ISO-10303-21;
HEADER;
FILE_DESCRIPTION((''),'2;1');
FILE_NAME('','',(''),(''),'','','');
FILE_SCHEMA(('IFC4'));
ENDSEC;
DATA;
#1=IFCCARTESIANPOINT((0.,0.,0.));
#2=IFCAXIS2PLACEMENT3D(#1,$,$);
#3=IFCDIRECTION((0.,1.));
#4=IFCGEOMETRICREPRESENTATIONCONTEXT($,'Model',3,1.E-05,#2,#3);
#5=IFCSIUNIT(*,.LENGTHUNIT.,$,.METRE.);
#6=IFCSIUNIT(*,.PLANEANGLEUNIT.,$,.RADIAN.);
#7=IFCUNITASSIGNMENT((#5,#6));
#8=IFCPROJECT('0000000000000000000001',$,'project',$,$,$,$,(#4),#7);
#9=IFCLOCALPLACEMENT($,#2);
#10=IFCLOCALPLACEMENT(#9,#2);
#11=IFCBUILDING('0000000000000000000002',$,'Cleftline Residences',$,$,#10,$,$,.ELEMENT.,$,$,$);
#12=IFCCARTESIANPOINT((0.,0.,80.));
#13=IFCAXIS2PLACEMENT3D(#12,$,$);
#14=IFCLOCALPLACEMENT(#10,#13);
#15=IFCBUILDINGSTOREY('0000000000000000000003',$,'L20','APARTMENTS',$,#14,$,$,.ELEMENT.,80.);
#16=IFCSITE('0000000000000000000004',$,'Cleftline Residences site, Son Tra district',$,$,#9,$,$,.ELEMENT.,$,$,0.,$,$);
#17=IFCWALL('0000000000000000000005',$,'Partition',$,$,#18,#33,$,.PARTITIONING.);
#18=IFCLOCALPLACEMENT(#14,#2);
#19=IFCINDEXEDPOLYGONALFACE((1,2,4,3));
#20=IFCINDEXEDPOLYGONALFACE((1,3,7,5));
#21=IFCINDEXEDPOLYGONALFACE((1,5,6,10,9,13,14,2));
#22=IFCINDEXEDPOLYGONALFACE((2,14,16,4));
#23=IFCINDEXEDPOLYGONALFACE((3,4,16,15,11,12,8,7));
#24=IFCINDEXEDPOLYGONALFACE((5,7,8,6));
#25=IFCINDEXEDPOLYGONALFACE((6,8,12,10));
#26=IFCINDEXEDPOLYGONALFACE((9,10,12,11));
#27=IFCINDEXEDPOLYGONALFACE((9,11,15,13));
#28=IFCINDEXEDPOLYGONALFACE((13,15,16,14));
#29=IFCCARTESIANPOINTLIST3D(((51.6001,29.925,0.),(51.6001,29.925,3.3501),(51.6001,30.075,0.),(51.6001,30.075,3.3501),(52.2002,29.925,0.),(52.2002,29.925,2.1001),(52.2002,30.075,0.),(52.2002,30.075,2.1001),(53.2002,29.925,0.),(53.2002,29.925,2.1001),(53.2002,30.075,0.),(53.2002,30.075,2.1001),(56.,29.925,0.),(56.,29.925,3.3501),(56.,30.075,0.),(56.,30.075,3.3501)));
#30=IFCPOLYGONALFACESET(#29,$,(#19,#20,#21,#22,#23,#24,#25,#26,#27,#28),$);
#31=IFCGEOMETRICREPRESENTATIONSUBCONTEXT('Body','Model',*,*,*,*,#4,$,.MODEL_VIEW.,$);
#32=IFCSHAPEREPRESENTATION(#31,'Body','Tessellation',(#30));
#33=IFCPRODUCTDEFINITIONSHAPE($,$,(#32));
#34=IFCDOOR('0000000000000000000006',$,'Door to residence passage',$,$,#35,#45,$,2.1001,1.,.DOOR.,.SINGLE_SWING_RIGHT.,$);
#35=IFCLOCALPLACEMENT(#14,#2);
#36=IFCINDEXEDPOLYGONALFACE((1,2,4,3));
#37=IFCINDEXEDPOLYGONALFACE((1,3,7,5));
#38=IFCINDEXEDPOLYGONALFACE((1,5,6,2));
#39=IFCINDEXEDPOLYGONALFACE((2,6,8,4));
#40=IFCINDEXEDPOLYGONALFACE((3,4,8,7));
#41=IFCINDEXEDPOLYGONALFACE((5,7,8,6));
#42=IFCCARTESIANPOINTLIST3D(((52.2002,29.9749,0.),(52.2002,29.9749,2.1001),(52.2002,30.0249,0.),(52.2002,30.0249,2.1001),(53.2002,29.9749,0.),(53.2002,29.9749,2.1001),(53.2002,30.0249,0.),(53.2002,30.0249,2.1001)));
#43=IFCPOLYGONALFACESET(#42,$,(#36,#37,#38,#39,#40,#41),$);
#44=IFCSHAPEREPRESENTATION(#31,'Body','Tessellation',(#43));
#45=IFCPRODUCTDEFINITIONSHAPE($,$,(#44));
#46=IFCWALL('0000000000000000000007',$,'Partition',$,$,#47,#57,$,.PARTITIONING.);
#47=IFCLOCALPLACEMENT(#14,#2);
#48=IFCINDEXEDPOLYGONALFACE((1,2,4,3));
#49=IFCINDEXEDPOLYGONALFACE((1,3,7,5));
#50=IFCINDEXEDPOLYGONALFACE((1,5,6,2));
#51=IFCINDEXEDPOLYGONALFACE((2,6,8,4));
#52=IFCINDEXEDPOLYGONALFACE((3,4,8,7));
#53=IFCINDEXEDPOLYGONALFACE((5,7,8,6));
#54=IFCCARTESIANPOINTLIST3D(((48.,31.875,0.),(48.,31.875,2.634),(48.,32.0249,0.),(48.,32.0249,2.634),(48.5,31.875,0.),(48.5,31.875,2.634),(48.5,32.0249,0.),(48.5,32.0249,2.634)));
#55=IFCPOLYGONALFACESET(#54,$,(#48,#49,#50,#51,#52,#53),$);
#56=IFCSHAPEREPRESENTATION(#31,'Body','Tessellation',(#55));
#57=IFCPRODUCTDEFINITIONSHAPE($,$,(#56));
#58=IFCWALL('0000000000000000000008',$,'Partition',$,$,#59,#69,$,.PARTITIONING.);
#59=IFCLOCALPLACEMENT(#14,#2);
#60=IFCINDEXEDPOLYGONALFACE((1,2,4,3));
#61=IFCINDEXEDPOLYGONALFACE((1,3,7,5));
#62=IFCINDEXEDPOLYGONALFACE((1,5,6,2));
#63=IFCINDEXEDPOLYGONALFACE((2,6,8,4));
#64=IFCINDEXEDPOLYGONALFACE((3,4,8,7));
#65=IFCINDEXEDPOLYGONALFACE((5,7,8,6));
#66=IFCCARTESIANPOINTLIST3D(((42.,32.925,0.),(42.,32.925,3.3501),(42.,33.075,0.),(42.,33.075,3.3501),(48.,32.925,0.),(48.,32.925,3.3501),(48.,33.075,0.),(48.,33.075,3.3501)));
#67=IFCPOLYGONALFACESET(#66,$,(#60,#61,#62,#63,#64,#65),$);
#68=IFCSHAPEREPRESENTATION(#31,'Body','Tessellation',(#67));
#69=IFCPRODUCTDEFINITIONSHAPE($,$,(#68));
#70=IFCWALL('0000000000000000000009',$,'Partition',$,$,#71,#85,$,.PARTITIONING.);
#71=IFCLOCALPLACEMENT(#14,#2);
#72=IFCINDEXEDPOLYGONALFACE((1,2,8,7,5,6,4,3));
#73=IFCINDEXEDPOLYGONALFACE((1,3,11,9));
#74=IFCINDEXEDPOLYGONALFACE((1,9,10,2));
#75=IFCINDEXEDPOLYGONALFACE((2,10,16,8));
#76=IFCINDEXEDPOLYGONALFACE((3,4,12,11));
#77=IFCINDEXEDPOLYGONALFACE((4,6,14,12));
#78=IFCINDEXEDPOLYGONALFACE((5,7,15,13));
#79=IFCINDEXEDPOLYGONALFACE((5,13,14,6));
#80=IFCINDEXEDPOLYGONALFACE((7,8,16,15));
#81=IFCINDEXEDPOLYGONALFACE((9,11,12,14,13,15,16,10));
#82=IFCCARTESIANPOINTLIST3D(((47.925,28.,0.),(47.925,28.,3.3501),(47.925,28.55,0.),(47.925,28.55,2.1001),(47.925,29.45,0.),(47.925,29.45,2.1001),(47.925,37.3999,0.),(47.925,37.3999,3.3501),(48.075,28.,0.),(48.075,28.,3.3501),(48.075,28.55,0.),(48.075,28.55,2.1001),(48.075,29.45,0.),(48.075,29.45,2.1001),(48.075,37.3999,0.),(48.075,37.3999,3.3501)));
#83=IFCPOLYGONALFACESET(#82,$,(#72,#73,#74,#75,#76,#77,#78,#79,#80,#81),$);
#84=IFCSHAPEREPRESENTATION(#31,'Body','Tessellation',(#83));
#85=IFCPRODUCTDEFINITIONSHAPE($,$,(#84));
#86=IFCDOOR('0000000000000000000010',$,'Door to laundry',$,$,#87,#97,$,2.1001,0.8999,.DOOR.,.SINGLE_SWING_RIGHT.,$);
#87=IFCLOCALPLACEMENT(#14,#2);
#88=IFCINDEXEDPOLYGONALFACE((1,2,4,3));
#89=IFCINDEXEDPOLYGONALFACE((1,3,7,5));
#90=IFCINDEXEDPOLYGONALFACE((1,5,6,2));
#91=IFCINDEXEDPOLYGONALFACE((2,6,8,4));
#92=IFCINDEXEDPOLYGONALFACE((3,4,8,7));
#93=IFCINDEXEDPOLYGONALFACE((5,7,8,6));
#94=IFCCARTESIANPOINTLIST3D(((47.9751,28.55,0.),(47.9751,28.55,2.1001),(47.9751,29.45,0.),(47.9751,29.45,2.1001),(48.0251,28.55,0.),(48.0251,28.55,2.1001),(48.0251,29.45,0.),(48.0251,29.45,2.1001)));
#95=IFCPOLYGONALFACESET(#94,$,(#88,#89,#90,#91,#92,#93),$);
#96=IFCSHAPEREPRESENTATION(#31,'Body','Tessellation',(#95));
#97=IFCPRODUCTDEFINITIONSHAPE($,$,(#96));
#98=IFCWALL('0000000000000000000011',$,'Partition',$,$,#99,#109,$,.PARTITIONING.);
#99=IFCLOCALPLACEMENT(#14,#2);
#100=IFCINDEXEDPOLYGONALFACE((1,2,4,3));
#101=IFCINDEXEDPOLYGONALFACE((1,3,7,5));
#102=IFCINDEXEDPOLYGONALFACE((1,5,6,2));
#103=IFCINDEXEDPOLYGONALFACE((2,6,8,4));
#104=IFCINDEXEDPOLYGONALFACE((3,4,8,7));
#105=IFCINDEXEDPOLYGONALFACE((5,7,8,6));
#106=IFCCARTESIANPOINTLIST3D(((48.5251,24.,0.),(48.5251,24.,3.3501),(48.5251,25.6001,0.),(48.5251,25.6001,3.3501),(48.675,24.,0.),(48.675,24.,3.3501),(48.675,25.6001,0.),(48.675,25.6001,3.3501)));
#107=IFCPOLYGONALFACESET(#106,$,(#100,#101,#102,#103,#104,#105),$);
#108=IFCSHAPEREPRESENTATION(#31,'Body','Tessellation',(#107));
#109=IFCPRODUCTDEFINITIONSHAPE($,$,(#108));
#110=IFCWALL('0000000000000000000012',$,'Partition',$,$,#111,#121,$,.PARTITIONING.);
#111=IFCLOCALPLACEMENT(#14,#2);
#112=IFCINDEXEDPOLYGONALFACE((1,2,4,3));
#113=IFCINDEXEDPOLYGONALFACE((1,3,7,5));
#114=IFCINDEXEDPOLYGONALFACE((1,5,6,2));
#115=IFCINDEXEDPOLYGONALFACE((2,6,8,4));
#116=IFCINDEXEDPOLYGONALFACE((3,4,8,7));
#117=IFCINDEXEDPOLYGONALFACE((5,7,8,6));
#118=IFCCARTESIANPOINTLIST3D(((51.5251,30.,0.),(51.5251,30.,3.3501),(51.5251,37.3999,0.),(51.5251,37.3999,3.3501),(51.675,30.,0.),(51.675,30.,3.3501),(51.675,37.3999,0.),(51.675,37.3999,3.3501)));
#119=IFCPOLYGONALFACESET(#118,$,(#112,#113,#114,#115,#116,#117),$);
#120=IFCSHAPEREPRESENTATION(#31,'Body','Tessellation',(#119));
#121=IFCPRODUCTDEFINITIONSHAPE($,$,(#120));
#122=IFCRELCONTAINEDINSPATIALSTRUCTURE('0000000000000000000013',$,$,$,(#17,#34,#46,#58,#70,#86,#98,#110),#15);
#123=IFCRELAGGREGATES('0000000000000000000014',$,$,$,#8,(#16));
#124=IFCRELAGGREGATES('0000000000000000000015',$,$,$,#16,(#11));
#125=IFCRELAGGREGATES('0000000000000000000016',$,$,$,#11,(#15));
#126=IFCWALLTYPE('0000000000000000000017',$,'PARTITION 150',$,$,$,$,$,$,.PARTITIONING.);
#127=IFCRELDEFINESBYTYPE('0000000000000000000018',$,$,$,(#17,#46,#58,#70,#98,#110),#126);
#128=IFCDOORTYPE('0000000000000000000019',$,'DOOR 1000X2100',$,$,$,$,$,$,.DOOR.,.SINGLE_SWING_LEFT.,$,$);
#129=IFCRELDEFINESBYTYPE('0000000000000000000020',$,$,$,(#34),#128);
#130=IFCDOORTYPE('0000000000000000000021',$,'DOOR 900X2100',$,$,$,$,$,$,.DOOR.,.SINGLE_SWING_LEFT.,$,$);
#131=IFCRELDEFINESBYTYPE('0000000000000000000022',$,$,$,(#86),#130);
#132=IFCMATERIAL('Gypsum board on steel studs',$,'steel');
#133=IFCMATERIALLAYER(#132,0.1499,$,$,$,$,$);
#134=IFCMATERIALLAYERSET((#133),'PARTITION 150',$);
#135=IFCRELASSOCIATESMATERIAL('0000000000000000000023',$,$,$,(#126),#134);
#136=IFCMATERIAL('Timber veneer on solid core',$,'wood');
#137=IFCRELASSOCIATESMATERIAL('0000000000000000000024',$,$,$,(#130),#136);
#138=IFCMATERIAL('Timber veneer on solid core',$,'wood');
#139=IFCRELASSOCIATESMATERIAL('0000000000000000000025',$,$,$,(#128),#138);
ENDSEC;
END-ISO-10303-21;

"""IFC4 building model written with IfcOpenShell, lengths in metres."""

from ifc_helpers import new_model, si_unit, direction, frame, frame_2d, origin, place, context, subcontext, project, spatial, rectangle, extrude, material, layer, layer_set, type_object, element, fill, save


model = new_model("IFC4")

# Units and contexts
model_context = context("Model", 3, precision=1e-05, world=origin(), true_north=direction((0.0, 1.0)))
body_context = subcontext(model_context, "Body", "Model", "MODEL_VIEW")
ifc_project = project(units=[si_unit("LENGTHUNIT", "METRE"), si_unit("PLANEANGLEUNIT", "RADIAN")], contexts=[model_context])

# Site, building, storey
site_placement = place(None, origin())
site = spatial("IfcSite", under=ifc_project, at=site_placement, Name="Cleftline Residences site, Son Tra district", CompositionType="ELEMENT", RefElevation=0.0)
building_placement = place(site_placement, origin())
building = spatial("IfcBuilding", under=site, at=building_placement, Name="Cleftline Residences", CompositionType="ELEMENT")
storey_placement = place(building_placement, frame((0.0, 0.0, 80.0)))
storey = spatial("IfcBuildingStorey", under=building, at=storey_placement, Name="L20", Description="APARTMENTS", CompositionType="ELEMENT", Elevation=80.0)

# Wall, opening, door
ifc_material_1 = material(Name="Gypsum board on steel studs", Category="steel")
ifc_layer_1 = layer(ifc_material_1, 0.1499)
ifc_layer_set_1 = layer_set([ifc_layer_1], Name="PARTITION 150")
wall_type_1 = type_object("IfcWallType", Name="PARTITION 150", PredefinedType="PARTITIONING", material=ifc_layer_set_1)
ifc_material_2 = material(Name="Timber veneer on solid core", Category="wood")
door_type_1 = type_object("IfcDoorType", Name="DOOR 900X2100", OperationType="SINGLE_SWING_LEFT", PredefinedType="DOOR", material=ifc_material_2)
wall_1_placement = place(storey_placement, frame((51.6001, 30.0, 0.0), z_axis=(0.0, 0.0, 1.0), x_axis=(1.0, 0.0, 0.0)))
wall_1 = element("IfcWall", 1, at=wall_1_placement, inside=storey, type_object=wall_type_1, Name="Partition", PredefinedType="PARTITIONING", context=body_context, shape_type="SweptSolid", body=[
    extrude(rectangle(XDim=4.3999, YDim=0.1499, at=frame_2d((2.2, 0.0))), origin(), (0.0, 0.0, 1.0), 3.3501),
])
opening_1_placement = place(wall_1_placement, frame((0.6001, 0.0, 0.0)))
opening_1 = element("IfcOpeningElement", 2, at=opening_1_placement, cuts=wall_1, PredefinedType="OPENING", context=body_context, shape_type="SweptSolid", body=[
    extrude(rectangle(XDim=1.0, YDim=2.1001, at=frame_2d((0.5, 1.05))), frame((0.0, 0.085, 0.0), z_axis=(0.0, -1.0, 0.0), x_axis=(1.0, 0.0, 0.0)), (0.0, 0.0, 1.0), 0.1699),
])
ifc_material_3 = material(Name="Timber veneer on solid core", Category="wood")
door_type_2 = type_object("IfcDoorType", Name="DOOR 1000X2100", OperationType="SINGLE_SWING_LEFT", PredefinedType="DOOR", material=ifc_material_3)
door_1_placement = place(opening_1_placement, origin())
door_1 = element("IfcDoor", 3, at=door_1_placement, inside=storey, type_object=door_type_2, Name="Door to residence passage", OperationType="SINGLE_SWING_RIGHT", OverallHeight=2.1001, OverallWidth=1.0, PredefinedType="DOOR", context=body_context, shape_type="SweptSolid", body=[
    extrude(rectangle(XDim=1.0, YDim=2.1001, at=frame_2d((0.5, 1.05))), frame((0.0, 0.0249, 0.0), z_axis=(0.0, -1.0, 0.0), x_axis=(1.0, 0.0, 0.0)), (0.0, 0.0, 1.0), 0.05),
])
fill(opening_1, door_1)

# Walls
wall_2_placement = place(storey_placement, frame((48.0, 31.95, 0.0), z_axis=(0.0, 0.0, 1.0), x_axis=(1.0, 0.0, 0.0)))
element("IfcWall", 4, at=wall_2_placement, inside=storey, type_object=wall_type_1, Name="Partition", PredefinedType="PARTITIONING", context=body_context, shape_type="SweptSolid", body=[
    extrude(rectangle(XDim=0.5, YDim=0.1499, at=frame_2d((0.25, 0.0))), origin(), (0.0, 0.0, 1.0), 2.634),
])
wall_3_placement = place(storey_placement, frame((42.0, 33.0, 0.0), z_axis=(0.0, 0.0, 1.0), x_axis=(1.0, 0.0, 0.0)))
element("IfcWall", 5, at=wall_3_placement, inside=storey, type_object=wall_type_1, Name="Partition", PredefinedType="PARTITIONING", context=body_context, shape_type="SweptSolid", body=[
    extrude(rectangle(XDim=6.0, YDim=0.1499, at=frame_2d((3.0, 0.0))), origin(), (0.0, 0.0, 1.0), 3.3501),
])

# Wall, opening, door
wall_4_placement = place(storey_placement, frame((48.0, 28.0, 0.0), z_axis=(0.0, 0.0, 1.0), x_axis=(0.0, 1.0, 0.0)))
wall_4 = element("IfcWall", 6, at=wall_4_placement, inside=storey, type_object=wall_type_1, Name="Partition", PredefinedType="PARTITIONING", context=body_context, shape_type="SweptSolid", body=[
    extrude(rectangle(XDim=9.3999, YDim=0.1499, at=frame_2d((4.7, 0.0))), origin(), (0.0, 0.0, 1.0), 3.3501),
])
opening_2_placement = place(wall_4_placement, frame((0.55, 0.0, 0.0)))
opening_2 = element("IfcOpeningElement", 7, at=opening_2_placement, cuts=wall_4, PredefinedType="OPENING", context=body_context, shape_type="SweptSolid", body=[
    extrude(rectangle(XDim=0.8999, YDim=2.1001, at=frame_2d((0.45, 1.05))), frame((0.0, 0.085, 0.0), z_axis=(0.0, -1.0, 0.0), x_axis=(1.0, 0.0, 0.0)), (0.0, 0.0, 1.0), 0.1699),
])
door_2_placement = place(opening_2_placement, origin())
door_2 = element("IfcDoor", 8, at=door_2_placement, inside=storey, type_object=door_type_1, Name="Door to laundry", OperationType="SINGLE_SWING_RIGHT", OverallHeight=2.1001, OverallWidth=0.8999, PredefinedType="DOOR", context=body_context, shape_type="SweptSolid", body=[
    extrude(rectangle(XDim=0.8999, YDim=2.1001, at=frame_2d((0.45, 1.05))), frame((0.0, 0.0249, 0.0), z_axis=(0.0, -1.0, 0.0), x_axis=(1.0, 0.0, 0.0)), (0.0, 0.0, 1.0), 0.05),
])
fill(opening_2, door_2)

# Walls
wall_5_placement = place(storey_placement, frame((48.6001, 24.0, 0.0), z_axis=(0.0, 0.0, 1.0), x_axis=(0.0, 1.0, 0.0)))
element("IfcWall", 9, at=wall_5_placement, inside=storey, type_object=wall_type_1, Name="Partition", PredefinedType="PARTITIONING", context=body_context, shape_type="SweptSolid", body=[
    extrude(rectangle(XDim=1.6001, YDim=0.1499, at=frame_2d((0.8, 0.0))), origin(), (0.0, 0.0, 1.0), 3.3501),
])
wall_6_placement = place(storey_placement, frame((51.6001, 30.0, 0.0), z_axis=(0.0, 0.0, 1.0), x_axis=(0.0, 1.0, 0.0)))
element("IfcWall", 10, at=wall_6_placement, inside=storey, type_object=wall_type_1, Name="Partition", PredefinedType="PARTITIONING", context=body_context, shape_type="SweptSolid", body=[
    extrude(rectangle(XDim=7.3999, YDim=0.1499, at=frame_2d((3.7, 0.0))), origin(), (0.0, 0.0, 1.0), 3.3501),
])

save(model, "model.ifc")
